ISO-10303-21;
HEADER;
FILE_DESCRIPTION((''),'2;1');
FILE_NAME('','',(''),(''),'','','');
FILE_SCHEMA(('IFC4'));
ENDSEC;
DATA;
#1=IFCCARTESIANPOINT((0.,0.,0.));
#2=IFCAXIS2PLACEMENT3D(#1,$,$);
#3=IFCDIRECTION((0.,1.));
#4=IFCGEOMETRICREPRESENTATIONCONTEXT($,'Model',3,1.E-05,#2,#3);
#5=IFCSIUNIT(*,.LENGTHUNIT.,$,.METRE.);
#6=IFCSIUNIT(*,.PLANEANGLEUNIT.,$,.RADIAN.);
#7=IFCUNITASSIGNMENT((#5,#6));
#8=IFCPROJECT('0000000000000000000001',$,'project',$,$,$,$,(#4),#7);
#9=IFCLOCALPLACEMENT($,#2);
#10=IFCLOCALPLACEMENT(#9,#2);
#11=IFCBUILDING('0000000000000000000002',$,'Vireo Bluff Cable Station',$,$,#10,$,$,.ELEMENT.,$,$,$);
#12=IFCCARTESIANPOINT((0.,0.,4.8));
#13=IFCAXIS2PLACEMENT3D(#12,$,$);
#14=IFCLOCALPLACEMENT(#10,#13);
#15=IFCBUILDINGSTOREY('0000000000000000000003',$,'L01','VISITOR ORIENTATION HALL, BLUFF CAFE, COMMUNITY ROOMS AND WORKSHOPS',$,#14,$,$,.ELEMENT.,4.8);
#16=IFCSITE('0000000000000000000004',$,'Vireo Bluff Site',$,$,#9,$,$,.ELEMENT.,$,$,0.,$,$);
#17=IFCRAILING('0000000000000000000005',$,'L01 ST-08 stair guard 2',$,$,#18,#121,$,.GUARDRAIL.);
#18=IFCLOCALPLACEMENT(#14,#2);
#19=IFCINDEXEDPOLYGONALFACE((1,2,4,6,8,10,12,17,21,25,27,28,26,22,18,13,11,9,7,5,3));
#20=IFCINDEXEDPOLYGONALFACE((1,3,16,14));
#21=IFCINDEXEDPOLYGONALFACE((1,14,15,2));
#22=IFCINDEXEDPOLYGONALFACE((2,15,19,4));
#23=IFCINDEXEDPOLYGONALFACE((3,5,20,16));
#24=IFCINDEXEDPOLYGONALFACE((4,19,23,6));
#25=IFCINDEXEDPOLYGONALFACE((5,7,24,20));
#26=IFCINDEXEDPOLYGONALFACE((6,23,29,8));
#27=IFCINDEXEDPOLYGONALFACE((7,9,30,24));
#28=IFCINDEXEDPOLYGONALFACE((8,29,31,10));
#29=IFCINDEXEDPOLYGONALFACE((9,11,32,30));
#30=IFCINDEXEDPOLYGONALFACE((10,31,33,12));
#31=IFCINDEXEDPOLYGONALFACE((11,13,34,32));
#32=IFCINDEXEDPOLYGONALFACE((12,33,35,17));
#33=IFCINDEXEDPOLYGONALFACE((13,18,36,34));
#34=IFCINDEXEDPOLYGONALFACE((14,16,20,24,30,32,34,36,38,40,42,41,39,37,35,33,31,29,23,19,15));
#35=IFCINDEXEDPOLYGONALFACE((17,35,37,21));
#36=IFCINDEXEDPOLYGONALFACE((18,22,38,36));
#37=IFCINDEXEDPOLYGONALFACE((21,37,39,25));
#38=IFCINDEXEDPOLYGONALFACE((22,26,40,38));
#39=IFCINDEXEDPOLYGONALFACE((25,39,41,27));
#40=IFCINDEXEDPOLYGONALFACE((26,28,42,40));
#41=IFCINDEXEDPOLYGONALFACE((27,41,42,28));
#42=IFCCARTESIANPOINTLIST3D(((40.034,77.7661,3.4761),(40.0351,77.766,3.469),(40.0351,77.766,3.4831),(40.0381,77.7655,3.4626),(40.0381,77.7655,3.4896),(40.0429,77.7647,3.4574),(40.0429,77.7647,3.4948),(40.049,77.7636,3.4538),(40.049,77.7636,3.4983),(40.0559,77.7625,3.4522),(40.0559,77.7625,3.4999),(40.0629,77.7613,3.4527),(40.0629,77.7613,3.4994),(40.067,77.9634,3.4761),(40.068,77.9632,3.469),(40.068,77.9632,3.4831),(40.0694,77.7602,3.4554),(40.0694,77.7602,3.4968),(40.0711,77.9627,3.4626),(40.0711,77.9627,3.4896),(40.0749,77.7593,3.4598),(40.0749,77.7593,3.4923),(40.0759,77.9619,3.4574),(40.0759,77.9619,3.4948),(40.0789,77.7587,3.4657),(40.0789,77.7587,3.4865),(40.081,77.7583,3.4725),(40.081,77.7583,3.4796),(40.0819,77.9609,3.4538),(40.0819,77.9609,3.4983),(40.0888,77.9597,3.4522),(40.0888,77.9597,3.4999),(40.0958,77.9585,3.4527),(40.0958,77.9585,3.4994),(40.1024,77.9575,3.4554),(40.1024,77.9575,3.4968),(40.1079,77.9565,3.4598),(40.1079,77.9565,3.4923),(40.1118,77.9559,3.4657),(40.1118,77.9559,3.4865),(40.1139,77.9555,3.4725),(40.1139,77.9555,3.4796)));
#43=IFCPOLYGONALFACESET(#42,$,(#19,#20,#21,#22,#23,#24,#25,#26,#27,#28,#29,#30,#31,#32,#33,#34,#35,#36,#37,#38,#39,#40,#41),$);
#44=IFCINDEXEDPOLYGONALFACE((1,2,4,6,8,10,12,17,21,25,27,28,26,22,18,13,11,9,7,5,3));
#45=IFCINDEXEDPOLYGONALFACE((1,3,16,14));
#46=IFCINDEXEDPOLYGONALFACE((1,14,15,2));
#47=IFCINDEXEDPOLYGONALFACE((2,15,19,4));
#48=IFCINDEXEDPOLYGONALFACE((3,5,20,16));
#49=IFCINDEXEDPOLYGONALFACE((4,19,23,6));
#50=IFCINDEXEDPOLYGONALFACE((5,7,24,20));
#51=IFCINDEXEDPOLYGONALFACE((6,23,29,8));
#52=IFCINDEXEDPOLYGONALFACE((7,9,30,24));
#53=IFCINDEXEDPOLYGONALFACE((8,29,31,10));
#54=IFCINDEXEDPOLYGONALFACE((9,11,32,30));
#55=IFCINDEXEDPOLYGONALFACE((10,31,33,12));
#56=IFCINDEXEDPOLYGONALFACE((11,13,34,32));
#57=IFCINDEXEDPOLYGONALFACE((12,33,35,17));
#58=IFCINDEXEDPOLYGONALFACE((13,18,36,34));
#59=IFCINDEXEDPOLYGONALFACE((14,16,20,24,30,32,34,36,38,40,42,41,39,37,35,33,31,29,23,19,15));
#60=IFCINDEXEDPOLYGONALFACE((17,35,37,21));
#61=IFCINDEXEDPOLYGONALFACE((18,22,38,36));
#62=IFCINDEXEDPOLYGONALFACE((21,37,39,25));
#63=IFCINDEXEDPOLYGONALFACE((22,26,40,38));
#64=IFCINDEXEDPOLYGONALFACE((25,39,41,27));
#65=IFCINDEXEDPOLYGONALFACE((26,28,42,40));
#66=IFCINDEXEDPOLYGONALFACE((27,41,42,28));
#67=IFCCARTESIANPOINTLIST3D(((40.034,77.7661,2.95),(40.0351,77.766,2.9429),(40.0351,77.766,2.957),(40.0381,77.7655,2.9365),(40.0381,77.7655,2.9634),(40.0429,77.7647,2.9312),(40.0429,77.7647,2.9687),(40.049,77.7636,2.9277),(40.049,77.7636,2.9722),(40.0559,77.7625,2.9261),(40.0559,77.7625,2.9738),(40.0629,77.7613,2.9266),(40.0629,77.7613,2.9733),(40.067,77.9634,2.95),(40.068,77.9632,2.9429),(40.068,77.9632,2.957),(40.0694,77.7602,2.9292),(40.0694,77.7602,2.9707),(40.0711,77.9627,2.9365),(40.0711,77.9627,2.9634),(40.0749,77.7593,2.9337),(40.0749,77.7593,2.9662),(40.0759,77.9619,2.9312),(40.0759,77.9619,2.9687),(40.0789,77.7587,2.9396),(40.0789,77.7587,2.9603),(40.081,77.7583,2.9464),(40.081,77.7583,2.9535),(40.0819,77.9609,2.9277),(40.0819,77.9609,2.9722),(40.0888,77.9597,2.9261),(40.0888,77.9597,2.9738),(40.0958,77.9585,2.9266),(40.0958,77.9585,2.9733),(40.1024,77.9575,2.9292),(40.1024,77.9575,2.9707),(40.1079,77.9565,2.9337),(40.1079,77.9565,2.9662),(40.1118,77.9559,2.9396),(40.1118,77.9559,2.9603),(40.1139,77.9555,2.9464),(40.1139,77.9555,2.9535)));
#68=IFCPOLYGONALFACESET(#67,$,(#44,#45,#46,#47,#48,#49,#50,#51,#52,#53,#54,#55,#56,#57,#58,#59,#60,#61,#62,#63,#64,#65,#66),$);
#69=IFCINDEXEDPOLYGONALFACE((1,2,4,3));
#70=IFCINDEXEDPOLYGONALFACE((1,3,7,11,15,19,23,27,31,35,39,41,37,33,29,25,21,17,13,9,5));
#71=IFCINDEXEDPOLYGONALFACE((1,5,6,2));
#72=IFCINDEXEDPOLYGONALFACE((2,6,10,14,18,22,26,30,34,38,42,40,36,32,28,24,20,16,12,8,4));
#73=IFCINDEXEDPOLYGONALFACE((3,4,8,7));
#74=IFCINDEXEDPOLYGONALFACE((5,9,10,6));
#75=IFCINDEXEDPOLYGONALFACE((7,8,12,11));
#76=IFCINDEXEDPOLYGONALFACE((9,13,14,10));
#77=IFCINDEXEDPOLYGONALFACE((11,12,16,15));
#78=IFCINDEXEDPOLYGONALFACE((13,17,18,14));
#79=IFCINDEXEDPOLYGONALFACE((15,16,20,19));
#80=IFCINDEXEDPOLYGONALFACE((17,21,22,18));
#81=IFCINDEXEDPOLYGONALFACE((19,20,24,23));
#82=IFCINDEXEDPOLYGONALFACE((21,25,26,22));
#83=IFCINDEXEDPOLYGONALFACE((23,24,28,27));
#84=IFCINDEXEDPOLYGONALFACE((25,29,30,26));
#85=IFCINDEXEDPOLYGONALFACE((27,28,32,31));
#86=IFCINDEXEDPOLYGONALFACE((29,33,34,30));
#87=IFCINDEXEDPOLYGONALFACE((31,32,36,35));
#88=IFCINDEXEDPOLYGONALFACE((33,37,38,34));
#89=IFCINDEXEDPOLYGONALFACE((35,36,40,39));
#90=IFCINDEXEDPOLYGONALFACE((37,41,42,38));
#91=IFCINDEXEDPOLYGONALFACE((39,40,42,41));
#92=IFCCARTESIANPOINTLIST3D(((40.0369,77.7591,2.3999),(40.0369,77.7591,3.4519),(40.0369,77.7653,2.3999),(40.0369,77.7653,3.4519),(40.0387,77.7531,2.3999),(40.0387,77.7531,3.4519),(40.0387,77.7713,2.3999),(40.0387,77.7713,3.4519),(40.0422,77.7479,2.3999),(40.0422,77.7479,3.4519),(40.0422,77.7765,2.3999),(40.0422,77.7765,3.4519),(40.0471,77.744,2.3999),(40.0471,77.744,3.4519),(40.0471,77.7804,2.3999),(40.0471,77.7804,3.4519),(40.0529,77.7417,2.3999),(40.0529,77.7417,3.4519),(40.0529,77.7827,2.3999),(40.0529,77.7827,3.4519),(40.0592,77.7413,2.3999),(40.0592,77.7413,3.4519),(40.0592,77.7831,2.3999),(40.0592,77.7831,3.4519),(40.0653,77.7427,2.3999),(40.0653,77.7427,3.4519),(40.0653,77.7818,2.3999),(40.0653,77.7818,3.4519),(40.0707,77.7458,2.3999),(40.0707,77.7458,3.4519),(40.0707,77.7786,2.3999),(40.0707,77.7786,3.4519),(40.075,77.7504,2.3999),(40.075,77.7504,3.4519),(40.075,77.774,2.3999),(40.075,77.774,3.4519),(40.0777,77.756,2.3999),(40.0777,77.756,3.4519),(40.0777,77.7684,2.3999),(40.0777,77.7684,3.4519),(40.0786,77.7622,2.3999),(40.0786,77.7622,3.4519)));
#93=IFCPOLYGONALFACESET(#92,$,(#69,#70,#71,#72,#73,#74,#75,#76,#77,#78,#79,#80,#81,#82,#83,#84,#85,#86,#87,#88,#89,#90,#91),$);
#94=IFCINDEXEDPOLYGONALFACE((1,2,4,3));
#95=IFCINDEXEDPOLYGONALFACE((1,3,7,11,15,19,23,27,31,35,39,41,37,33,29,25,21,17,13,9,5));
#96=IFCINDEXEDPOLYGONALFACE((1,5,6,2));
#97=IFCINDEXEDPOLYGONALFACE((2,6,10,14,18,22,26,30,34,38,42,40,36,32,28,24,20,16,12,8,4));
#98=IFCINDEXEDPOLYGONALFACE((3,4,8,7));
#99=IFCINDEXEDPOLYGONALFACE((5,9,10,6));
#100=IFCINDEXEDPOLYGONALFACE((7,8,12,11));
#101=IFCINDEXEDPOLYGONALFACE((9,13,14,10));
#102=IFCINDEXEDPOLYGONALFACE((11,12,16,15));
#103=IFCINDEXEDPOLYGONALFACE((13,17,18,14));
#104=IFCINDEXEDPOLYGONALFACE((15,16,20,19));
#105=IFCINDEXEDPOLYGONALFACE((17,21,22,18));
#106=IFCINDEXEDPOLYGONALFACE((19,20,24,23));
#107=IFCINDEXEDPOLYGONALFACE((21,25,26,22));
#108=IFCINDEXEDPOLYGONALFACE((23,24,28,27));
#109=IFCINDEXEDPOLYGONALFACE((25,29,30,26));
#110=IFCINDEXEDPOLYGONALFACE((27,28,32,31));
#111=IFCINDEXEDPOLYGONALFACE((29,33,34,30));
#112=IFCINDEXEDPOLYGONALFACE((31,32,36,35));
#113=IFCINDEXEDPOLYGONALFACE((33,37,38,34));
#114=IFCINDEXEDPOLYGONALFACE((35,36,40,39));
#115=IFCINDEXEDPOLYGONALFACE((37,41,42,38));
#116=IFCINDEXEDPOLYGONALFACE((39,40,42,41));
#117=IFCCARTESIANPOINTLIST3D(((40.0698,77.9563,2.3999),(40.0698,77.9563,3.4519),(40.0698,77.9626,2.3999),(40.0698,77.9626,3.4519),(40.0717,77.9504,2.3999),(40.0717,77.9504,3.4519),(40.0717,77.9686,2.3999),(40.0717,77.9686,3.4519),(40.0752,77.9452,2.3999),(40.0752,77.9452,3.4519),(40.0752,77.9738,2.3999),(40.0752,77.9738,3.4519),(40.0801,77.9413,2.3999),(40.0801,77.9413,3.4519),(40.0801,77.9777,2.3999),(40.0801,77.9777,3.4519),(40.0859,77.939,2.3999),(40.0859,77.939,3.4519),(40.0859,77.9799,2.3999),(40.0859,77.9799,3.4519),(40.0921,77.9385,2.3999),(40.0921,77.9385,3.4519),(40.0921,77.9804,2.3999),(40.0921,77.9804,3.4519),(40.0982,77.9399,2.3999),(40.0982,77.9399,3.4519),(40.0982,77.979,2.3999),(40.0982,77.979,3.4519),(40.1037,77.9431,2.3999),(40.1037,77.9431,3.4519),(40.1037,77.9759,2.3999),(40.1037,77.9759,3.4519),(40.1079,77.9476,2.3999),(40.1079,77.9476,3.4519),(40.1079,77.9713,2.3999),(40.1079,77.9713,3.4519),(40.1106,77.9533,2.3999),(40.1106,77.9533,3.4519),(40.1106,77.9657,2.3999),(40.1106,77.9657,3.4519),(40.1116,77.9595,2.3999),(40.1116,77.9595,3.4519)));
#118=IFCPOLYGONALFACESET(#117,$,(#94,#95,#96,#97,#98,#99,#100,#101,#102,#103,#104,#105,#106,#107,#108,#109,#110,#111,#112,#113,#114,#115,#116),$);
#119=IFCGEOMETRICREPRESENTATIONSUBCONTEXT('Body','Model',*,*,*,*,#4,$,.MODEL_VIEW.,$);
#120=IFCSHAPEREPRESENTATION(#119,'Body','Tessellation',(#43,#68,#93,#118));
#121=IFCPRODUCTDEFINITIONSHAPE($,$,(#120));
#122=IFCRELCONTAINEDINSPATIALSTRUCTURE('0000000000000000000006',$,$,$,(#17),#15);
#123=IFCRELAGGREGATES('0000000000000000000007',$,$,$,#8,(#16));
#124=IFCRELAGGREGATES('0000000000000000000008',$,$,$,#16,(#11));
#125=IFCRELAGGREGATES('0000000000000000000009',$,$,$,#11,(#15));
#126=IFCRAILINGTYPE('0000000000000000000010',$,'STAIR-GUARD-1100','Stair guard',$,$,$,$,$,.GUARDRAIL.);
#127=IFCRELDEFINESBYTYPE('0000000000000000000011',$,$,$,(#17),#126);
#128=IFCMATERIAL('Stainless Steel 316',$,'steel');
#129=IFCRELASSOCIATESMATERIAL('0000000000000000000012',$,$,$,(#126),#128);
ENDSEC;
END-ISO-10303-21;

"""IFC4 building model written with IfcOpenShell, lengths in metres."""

from ifc_helpers import new_model, si_unit, direction, frame, origin, origin_2d, place, context, subcontext, project, spatial, circle, extrude, material, type_object, element, save


model = new_model("IFC4")

# Units and contexts
model_context = context("Model", 3, precision=1e-05, world=origin(), true_north=direction((0.0, 1.0)))
body_context = subcontext(model_context, "Body", "Model", "MODEL_VIEW")
ifc_project = project(units=[si_unit("LENGTHUNIT", "METRE"), si_unit("PLANEANGLEUNIT", "RADIAN")], contexts=[model_context])

# Site, building, storey
site_placement = place(None, origin())
site = spatial("IfcSite", under=ifc_project, at=site_placement, Name="Vireo Bluff Site", CompositionType="ELEMENT", RefElevation=0.0)
building_placement = place(site_placement, origin())
building = spatial("IfcBuilding", under=site, at=building_placement, Name="Vireo Bluff Cable Station", CompositionType="ELEMENT")
storey_placement = place(building_placement, frame((0.0, 0.0, 4.8)))
storey = spatial("IfcBuildingStorey", under=building, at=storey_placement, Name="L01", Description="VISITOR ORIENTATION HALL, BLUFF CAFE, COMMUNITY ROOMS AND WORKSHOPS", CompositionType="ELEMENT", Elevation=4.8)

# Railing
ifc_material_1 = material(Name="Stainless Steel 316", Category="steel")
railing_type_1 = type_object("IfcRailingType", Name="STAIR-GUARD-1100", Description="Stair guard", PredefinedType="GUARDRAIL", material=ifc_material_1)
railing_1_placement = place(storey_placement, frame((40.0576, 77.7622, 2.3999)))
element("IfcRailing", 1, at=railing_1_placement, inside=storey, type_object=railing_type_1, Name="L01 ST-08 stair guard 2", PredefinedType="GUARDRAIL", context=body_context, shape_type="SweptSolid", body=[
    extrude(circle(Radius=0.0239, at=origin_2d()), frame((0.0, 0.0, 1.0762), z_axis=(0.164795, 0.986328, 0.0), x_axis=(-0.986328, 0.164795, 0.0)), (0.0, 0.0, 1.0), 0.2),
    extrude(circle(Radius=0.0239, at=origin_2d()), frame((0.0, 0.0, 0.55), z_axis=(0.164795, 0.986328, 0.0), x_axis=(-0.986328, 0.164795, 0.0)), (0.0, 0.0, 1.0), 0.2),
    extrude(circle(Radius=0.021, at=origin_2d()), origin(), (0.0, 0.0, 1.0), 1.052),
    extrude(circle(Radius=0.021, at=origin_2d()), frame((0.033, 0.1973, 0.0)), (0.0, 0.0, 1.0), 1.052),
])

save(model, "model.ifc")
